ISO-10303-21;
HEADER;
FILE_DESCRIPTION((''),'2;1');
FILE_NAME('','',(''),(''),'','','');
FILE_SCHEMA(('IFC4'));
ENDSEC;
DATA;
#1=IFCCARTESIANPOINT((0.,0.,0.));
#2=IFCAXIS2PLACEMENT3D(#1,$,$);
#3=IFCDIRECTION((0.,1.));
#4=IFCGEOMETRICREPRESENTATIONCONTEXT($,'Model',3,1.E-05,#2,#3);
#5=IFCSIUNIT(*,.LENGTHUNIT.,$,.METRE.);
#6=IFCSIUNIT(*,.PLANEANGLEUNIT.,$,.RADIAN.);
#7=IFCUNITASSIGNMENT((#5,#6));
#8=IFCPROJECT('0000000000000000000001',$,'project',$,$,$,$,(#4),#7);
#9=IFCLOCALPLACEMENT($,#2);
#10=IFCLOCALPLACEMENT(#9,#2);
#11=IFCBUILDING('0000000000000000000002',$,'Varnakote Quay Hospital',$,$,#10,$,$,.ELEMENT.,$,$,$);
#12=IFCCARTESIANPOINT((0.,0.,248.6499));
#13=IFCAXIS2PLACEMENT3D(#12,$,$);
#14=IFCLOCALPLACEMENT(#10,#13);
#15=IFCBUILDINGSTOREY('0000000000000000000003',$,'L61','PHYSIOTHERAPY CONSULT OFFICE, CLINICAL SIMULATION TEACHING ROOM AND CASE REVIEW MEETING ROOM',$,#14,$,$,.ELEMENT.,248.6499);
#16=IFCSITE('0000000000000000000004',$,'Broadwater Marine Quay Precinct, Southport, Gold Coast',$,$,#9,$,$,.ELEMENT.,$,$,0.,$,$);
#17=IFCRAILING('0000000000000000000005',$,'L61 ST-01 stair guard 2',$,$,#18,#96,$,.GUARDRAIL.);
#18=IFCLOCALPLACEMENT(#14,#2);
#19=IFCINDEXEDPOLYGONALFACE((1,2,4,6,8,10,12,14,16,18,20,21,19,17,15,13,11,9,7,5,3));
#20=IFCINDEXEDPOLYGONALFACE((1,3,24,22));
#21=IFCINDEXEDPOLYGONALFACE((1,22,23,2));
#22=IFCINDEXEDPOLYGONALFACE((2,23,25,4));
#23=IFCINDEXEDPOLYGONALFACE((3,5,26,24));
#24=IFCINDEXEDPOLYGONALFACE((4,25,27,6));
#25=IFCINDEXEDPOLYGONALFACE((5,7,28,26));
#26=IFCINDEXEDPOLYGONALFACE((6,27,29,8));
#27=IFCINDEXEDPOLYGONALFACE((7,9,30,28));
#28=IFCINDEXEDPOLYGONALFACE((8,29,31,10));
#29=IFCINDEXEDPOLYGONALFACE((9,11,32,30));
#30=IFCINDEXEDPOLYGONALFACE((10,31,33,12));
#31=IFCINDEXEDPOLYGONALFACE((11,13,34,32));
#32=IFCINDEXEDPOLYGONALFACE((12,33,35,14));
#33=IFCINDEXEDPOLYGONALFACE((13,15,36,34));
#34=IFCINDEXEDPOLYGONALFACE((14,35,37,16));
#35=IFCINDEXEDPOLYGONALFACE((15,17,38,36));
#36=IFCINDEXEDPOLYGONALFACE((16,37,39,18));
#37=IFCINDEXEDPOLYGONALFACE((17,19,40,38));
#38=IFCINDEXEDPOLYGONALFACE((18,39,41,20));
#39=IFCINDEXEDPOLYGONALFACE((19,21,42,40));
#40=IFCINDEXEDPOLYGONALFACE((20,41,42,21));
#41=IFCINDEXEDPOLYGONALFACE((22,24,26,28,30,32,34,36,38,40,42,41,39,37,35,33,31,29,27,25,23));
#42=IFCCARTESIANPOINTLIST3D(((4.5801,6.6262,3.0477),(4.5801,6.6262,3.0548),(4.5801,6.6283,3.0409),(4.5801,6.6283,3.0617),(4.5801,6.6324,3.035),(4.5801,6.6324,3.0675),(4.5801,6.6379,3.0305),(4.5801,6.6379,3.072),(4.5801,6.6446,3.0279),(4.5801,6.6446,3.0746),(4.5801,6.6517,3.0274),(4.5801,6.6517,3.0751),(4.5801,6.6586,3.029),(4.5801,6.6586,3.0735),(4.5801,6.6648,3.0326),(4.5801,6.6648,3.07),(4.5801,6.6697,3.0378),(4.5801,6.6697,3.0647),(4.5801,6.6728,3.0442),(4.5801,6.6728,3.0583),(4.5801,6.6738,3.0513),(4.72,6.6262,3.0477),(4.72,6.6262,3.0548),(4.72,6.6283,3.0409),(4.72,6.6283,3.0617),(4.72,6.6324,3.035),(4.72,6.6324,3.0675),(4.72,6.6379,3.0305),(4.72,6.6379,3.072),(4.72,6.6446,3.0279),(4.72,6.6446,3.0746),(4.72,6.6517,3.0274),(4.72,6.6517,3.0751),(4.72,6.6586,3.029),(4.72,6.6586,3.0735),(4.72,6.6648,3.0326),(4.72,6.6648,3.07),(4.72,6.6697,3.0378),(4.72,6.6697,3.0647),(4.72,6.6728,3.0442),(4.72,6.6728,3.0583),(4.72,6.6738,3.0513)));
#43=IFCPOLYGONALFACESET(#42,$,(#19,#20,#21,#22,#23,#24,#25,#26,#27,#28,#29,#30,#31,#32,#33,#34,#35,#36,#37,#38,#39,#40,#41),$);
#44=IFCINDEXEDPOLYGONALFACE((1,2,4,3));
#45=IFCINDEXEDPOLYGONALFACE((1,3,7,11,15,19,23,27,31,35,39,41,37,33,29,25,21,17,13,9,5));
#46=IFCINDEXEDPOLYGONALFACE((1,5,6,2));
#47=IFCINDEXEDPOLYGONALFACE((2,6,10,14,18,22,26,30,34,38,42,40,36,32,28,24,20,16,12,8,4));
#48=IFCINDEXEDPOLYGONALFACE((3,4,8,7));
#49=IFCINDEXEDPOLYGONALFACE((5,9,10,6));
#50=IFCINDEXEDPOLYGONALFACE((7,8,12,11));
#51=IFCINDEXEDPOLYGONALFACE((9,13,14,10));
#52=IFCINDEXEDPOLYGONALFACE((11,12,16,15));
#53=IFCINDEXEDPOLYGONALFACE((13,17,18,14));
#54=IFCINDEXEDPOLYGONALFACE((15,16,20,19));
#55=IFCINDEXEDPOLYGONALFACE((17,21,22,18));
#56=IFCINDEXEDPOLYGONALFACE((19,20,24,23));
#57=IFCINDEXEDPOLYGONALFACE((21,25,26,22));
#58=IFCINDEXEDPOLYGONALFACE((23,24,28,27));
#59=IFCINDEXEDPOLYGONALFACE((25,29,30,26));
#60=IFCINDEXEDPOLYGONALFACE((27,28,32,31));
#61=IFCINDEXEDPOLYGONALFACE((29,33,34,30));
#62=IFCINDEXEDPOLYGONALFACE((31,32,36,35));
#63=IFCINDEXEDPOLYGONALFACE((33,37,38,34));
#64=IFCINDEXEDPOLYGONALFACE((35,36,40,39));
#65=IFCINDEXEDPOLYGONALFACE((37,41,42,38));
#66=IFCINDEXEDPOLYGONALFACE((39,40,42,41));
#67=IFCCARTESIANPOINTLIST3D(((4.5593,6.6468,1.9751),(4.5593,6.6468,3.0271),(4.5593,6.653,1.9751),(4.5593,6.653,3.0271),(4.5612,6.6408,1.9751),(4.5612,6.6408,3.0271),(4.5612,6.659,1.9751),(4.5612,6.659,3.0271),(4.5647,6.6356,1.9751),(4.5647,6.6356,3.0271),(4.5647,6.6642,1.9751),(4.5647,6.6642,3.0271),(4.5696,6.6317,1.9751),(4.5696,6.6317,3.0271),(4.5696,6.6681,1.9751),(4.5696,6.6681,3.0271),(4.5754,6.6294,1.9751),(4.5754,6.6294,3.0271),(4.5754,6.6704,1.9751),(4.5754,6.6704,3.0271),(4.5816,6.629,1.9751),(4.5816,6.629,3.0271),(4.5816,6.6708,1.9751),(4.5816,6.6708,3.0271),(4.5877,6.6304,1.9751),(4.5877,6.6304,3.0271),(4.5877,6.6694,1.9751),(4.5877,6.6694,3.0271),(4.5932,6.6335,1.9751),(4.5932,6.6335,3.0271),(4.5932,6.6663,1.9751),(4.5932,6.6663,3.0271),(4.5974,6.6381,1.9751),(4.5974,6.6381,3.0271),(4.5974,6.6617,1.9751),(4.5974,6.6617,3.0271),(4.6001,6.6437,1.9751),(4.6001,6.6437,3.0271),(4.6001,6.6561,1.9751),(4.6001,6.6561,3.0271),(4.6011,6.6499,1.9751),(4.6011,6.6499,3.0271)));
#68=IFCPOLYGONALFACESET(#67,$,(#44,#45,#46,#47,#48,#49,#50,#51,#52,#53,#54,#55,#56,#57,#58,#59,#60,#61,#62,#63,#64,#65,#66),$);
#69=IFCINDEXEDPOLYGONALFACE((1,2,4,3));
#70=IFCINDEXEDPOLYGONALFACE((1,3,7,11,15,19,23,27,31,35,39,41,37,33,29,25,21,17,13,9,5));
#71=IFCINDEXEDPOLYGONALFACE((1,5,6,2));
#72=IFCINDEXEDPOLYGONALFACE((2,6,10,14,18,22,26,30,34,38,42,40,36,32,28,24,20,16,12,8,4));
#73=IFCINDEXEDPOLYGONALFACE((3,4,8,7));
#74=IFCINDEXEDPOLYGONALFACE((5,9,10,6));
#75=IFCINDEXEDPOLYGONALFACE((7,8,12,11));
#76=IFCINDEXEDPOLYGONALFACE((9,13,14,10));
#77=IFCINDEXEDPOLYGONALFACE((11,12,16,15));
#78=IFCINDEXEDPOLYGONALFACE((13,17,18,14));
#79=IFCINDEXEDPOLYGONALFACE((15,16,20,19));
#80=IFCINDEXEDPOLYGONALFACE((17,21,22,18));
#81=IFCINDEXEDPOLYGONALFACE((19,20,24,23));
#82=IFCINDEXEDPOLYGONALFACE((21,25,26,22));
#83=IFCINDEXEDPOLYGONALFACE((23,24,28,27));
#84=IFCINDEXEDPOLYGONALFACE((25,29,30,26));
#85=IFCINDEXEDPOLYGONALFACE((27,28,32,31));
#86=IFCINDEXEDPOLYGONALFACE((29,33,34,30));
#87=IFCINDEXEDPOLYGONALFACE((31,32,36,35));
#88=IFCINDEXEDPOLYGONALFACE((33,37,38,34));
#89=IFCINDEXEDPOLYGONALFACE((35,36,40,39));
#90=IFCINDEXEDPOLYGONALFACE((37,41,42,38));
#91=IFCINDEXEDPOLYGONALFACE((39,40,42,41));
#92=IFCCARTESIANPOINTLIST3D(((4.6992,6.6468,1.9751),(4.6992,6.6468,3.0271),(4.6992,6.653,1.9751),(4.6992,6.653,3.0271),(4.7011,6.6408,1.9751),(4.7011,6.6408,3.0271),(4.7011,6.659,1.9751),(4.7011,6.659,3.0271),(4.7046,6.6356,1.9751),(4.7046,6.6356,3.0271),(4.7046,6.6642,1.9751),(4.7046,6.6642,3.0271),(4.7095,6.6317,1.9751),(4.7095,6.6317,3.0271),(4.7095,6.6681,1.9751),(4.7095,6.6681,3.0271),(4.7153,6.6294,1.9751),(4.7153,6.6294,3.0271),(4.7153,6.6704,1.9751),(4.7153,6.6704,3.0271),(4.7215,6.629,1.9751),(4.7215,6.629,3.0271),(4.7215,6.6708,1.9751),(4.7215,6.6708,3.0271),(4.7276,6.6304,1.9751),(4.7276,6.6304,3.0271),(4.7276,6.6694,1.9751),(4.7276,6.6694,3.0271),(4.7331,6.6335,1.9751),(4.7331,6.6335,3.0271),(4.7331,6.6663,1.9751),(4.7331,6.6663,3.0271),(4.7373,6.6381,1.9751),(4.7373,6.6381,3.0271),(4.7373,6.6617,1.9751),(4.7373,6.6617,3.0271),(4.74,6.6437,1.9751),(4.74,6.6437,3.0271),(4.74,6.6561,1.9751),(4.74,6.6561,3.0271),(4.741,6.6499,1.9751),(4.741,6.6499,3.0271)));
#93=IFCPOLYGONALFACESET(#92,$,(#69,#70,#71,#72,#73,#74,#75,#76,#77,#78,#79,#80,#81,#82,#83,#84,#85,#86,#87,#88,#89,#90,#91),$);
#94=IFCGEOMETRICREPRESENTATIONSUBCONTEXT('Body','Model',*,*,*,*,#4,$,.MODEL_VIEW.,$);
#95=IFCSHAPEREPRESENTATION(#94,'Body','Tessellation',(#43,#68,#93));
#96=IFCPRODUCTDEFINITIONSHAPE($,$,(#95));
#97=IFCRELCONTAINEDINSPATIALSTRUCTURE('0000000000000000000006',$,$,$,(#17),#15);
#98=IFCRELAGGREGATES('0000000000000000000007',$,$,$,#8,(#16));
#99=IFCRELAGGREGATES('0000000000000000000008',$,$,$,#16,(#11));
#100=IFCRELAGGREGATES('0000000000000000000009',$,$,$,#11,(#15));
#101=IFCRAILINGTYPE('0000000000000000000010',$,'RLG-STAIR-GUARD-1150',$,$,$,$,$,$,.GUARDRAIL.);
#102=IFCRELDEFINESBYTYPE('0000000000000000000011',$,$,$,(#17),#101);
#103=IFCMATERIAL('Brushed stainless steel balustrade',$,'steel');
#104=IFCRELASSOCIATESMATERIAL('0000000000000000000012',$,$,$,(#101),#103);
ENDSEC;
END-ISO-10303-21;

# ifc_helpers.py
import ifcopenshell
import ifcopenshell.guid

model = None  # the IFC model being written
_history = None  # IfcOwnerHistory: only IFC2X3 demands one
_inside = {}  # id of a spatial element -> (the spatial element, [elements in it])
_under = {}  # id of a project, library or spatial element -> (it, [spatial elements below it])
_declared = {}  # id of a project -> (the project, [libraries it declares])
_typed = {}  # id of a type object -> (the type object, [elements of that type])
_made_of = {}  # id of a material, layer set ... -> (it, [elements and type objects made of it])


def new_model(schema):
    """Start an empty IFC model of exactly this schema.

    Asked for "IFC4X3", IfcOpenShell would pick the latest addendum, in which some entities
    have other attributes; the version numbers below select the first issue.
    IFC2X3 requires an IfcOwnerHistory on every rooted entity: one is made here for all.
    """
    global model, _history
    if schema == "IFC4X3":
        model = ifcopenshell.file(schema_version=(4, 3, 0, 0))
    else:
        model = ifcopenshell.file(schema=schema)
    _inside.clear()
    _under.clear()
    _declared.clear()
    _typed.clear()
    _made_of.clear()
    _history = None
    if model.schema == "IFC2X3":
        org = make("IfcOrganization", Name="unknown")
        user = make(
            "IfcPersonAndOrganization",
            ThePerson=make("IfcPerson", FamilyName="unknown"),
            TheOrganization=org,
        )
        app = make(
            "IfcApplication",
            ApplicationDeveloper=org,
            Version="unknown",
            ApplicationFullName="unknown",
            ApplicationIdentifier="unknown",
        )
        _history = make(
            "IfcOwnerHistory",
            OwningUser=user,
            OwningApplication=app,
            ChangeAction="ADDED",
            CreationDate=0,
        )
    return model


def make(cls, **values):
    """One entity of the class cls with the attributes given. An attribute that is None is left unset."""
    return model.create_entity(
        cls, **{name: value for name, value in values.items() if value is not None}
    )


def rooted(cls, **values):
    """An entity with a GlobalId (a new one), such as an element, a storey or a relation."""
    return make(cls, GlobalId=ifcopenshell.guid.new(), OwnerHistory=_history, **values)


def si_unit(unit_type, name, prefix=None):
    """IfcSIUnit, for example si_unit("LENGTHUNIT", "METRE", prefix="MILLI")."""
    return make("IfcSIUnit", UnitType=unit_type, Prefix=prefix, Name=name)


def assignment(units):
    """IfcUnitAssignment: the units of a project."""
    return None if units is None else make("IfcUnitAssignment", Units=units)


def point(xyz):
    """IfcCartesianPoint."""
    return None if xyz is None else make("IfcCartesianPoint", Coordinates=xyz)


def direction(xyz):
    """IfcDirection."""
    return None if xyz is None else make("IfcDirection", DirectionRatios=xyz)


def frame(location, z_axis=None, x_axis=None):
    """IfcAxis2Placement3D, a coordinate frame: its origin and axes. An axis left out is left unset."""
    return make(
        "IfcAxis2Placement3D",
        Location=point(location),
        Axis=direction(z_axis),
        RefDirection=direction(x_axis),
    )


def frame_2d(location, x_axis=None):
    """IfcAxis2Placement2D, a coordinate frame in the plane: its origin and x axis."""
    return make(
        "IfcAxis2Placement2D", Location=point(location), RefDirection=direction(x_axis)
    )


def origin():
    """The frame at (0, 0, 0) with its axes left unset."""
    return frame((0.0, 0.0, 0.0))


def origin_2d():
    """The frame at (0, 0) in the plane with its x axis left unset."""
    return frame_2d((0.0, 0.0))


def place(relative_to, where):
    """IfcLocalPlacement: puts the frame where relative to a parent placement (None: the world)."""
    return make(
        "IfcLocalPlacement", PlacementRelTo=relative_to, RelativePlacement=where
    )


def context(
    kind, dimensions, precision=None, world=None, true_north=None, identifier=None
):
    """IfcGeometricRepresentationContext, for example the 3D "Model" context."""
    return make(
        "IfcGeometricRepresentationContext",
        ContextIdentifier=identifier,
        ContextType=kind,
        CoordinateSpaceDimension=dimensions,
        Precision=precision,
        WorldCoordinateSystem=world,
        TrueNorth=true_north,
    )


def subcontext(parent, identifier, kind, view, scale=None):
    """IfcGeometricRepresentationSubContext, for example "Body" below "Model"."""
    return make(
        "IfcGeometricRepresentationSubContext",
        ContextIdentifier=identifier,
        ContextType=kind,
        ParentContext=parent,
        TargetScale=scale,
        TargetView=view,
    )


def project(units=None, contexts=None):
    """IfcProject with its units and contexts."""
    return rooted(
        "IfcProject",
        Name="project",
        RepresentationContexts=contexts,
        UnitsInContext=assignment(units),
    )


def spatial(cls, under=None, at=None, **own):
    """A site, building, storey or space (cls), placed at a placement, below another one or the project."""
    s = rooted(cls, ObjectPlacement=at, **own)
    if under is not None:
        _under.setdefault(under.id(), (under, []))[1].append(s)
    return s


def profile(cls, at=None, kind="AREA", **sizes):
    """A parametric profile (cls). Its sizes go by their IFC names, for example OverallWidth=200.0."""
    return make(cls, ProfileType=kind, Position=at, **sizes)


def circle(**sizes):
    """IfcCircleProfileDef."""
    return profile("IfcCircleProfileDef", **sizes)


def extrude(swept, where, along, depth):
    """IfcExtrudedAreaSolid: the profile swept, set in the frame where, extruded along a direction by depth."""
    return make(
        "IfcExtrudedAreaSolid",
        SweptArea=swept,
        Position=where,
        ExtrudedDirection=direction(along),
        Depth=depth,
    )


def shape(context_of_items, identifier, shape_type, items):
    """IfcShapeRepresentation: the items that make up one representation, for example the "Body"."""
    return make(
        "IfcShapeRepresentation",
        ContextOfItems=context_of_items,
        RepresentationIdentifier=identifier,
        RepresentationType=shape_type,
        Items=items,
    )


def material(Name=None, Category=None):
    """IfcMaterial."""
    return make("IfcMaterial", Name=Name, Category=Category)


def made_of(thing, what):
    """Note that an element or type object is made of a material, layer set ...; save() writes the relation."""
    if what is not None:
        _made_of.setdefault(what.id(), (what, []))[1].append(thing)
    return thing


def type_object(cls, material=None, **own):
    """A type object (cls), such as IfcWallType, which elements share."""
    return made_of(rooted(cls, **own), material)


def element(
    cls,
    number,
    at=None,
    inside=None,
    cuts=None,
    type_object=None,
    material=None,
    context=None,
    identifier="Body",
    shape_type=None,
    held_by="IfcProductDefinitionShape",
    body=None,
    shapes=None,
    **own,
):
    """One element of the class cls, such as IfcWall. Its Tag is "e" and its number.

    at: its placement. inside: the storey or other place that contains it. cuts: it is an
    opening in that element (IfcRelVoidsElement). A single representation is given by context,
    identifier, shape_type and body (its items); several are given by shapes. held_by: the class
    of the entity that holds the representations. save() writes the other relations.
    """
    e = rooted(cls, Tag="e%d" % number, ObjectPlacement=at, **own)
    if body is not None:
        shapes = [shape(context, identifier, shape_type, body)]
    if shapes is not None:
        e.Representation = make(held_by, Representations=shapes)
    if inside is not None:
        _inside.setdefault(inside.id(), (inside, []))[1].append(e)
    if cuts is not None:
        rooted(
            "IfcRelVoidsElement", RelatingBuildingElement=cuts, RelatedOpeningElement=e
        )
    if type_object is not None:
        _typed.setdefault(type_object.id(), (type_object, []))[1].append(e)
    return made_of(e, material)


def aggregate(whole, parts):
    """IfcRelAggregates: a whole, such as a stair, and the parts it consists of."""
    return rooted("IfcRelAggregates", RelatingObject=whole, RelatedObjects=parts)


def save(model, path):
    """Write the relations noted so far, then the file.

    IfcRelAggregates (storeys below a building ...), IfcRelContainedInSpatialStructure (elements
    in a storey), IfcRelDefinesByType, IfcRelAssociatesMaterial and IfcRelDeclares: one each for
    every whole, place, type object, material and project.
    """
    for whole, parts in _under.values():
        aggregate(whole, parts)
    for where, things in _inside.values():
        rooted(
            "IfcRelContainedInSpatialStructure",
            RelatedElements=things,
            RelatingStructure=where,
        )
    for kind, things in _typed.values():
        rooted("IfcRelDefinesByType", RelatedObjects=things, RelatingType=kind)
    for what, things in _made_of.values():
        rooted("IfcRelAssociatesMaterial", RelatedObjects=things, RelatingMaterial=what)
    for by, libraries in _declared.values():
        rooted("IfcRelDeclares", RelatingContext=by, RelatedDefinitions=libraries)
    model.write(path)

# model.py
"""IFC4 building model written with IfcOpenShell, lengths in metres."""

from ifc_helpers import new_model, si_unit, direction, frame, origin, origin_2d, place, context, subcontext, project, spatial, circle, extrude, material, type_object, element, save


model = new_model("IFC4")

# Units and contexts
model_context = context("Model", 3, precision=1e-05, world=origin(), true_north=direction((0.0, 1.0)))
body_context = subcontext(model_context, "Body", "Model", "MODEL_VIEW")
ifc_project = project(units=[si_unit("LENGTHUNIT", "METRE"), si_unit("PLANEANGLEUNIT", "RADIAN")], contexts=[model_context])

# Site, building, storey
site_placement = place(None, origin())
site = spatial("IfcSite", under=ifc_project, at=site_placement, Name="Broadwater Marine Quay Precinct, Southport, Gold Coast", CompositionType="ELEMENT", RefElevation=0.0)
building_placement = place(site_placement, origin())
building = spatial("IfcBuilding", under=site, at=building_placement, Name="Varnakote Quay Hospital", CompositionType="ELEMENT")
storey_placement = place(building_placement, frame((0.0, 0.0, 248.6499)))
storey = spatial("IfcBuildingStorey", under=building, at=storey_placement, Name="L61", Description="PHYSIOTHERAPY CONSULT OFFICE, CLINICAL SIMULATION TEACHING ROOM AND CASE REVIEW MEETING ROOM", CompositionType="ELEMENT", Elevation=248.6499)

# Railing
ifc_material_1 = material(Name="Brushed stainless steel balustrade", Category="steel")
railing_type_1 = type_object("IfcRailingType", Name="RLG-STAIR-GUARD-1150", PredefinedType="GUARDRAIL", material=ifc_material_1)
railing_1_placement = place(storey_placement, frame((4.5801, 6.6499, 1.9751)))
element("IfcRailing", 1, at=railing_1_placement, inside=storey, type_object=railing_type_1, Name="L61 ST-01 stair guard 2", PredefinedType="GUARDRAIL", context=body_context, shape_type="SweptSolid", body=[
    extrude(circle(Radius=0.0239, at=origin_2d()), frame((0.0, 0.0, 1.0762), z_axis=(1.0, 0.0, 0.0), x_axis=(0.0, 1.0, 0.0)), (0.0, 0.0, 1.0), 0.1399),
    extrude(circle(Radius=0.021, at=origin_2d()), origin(), (0.0, 0.0, 1.0), 1.052),
    extrude(circle(Radius=0.021, at=origin_2d()), frame((0.1399, 0.0, 0.0)), (0.0, 0.0, 1.0), 1.052),
])

save(model, "model.ifc")
